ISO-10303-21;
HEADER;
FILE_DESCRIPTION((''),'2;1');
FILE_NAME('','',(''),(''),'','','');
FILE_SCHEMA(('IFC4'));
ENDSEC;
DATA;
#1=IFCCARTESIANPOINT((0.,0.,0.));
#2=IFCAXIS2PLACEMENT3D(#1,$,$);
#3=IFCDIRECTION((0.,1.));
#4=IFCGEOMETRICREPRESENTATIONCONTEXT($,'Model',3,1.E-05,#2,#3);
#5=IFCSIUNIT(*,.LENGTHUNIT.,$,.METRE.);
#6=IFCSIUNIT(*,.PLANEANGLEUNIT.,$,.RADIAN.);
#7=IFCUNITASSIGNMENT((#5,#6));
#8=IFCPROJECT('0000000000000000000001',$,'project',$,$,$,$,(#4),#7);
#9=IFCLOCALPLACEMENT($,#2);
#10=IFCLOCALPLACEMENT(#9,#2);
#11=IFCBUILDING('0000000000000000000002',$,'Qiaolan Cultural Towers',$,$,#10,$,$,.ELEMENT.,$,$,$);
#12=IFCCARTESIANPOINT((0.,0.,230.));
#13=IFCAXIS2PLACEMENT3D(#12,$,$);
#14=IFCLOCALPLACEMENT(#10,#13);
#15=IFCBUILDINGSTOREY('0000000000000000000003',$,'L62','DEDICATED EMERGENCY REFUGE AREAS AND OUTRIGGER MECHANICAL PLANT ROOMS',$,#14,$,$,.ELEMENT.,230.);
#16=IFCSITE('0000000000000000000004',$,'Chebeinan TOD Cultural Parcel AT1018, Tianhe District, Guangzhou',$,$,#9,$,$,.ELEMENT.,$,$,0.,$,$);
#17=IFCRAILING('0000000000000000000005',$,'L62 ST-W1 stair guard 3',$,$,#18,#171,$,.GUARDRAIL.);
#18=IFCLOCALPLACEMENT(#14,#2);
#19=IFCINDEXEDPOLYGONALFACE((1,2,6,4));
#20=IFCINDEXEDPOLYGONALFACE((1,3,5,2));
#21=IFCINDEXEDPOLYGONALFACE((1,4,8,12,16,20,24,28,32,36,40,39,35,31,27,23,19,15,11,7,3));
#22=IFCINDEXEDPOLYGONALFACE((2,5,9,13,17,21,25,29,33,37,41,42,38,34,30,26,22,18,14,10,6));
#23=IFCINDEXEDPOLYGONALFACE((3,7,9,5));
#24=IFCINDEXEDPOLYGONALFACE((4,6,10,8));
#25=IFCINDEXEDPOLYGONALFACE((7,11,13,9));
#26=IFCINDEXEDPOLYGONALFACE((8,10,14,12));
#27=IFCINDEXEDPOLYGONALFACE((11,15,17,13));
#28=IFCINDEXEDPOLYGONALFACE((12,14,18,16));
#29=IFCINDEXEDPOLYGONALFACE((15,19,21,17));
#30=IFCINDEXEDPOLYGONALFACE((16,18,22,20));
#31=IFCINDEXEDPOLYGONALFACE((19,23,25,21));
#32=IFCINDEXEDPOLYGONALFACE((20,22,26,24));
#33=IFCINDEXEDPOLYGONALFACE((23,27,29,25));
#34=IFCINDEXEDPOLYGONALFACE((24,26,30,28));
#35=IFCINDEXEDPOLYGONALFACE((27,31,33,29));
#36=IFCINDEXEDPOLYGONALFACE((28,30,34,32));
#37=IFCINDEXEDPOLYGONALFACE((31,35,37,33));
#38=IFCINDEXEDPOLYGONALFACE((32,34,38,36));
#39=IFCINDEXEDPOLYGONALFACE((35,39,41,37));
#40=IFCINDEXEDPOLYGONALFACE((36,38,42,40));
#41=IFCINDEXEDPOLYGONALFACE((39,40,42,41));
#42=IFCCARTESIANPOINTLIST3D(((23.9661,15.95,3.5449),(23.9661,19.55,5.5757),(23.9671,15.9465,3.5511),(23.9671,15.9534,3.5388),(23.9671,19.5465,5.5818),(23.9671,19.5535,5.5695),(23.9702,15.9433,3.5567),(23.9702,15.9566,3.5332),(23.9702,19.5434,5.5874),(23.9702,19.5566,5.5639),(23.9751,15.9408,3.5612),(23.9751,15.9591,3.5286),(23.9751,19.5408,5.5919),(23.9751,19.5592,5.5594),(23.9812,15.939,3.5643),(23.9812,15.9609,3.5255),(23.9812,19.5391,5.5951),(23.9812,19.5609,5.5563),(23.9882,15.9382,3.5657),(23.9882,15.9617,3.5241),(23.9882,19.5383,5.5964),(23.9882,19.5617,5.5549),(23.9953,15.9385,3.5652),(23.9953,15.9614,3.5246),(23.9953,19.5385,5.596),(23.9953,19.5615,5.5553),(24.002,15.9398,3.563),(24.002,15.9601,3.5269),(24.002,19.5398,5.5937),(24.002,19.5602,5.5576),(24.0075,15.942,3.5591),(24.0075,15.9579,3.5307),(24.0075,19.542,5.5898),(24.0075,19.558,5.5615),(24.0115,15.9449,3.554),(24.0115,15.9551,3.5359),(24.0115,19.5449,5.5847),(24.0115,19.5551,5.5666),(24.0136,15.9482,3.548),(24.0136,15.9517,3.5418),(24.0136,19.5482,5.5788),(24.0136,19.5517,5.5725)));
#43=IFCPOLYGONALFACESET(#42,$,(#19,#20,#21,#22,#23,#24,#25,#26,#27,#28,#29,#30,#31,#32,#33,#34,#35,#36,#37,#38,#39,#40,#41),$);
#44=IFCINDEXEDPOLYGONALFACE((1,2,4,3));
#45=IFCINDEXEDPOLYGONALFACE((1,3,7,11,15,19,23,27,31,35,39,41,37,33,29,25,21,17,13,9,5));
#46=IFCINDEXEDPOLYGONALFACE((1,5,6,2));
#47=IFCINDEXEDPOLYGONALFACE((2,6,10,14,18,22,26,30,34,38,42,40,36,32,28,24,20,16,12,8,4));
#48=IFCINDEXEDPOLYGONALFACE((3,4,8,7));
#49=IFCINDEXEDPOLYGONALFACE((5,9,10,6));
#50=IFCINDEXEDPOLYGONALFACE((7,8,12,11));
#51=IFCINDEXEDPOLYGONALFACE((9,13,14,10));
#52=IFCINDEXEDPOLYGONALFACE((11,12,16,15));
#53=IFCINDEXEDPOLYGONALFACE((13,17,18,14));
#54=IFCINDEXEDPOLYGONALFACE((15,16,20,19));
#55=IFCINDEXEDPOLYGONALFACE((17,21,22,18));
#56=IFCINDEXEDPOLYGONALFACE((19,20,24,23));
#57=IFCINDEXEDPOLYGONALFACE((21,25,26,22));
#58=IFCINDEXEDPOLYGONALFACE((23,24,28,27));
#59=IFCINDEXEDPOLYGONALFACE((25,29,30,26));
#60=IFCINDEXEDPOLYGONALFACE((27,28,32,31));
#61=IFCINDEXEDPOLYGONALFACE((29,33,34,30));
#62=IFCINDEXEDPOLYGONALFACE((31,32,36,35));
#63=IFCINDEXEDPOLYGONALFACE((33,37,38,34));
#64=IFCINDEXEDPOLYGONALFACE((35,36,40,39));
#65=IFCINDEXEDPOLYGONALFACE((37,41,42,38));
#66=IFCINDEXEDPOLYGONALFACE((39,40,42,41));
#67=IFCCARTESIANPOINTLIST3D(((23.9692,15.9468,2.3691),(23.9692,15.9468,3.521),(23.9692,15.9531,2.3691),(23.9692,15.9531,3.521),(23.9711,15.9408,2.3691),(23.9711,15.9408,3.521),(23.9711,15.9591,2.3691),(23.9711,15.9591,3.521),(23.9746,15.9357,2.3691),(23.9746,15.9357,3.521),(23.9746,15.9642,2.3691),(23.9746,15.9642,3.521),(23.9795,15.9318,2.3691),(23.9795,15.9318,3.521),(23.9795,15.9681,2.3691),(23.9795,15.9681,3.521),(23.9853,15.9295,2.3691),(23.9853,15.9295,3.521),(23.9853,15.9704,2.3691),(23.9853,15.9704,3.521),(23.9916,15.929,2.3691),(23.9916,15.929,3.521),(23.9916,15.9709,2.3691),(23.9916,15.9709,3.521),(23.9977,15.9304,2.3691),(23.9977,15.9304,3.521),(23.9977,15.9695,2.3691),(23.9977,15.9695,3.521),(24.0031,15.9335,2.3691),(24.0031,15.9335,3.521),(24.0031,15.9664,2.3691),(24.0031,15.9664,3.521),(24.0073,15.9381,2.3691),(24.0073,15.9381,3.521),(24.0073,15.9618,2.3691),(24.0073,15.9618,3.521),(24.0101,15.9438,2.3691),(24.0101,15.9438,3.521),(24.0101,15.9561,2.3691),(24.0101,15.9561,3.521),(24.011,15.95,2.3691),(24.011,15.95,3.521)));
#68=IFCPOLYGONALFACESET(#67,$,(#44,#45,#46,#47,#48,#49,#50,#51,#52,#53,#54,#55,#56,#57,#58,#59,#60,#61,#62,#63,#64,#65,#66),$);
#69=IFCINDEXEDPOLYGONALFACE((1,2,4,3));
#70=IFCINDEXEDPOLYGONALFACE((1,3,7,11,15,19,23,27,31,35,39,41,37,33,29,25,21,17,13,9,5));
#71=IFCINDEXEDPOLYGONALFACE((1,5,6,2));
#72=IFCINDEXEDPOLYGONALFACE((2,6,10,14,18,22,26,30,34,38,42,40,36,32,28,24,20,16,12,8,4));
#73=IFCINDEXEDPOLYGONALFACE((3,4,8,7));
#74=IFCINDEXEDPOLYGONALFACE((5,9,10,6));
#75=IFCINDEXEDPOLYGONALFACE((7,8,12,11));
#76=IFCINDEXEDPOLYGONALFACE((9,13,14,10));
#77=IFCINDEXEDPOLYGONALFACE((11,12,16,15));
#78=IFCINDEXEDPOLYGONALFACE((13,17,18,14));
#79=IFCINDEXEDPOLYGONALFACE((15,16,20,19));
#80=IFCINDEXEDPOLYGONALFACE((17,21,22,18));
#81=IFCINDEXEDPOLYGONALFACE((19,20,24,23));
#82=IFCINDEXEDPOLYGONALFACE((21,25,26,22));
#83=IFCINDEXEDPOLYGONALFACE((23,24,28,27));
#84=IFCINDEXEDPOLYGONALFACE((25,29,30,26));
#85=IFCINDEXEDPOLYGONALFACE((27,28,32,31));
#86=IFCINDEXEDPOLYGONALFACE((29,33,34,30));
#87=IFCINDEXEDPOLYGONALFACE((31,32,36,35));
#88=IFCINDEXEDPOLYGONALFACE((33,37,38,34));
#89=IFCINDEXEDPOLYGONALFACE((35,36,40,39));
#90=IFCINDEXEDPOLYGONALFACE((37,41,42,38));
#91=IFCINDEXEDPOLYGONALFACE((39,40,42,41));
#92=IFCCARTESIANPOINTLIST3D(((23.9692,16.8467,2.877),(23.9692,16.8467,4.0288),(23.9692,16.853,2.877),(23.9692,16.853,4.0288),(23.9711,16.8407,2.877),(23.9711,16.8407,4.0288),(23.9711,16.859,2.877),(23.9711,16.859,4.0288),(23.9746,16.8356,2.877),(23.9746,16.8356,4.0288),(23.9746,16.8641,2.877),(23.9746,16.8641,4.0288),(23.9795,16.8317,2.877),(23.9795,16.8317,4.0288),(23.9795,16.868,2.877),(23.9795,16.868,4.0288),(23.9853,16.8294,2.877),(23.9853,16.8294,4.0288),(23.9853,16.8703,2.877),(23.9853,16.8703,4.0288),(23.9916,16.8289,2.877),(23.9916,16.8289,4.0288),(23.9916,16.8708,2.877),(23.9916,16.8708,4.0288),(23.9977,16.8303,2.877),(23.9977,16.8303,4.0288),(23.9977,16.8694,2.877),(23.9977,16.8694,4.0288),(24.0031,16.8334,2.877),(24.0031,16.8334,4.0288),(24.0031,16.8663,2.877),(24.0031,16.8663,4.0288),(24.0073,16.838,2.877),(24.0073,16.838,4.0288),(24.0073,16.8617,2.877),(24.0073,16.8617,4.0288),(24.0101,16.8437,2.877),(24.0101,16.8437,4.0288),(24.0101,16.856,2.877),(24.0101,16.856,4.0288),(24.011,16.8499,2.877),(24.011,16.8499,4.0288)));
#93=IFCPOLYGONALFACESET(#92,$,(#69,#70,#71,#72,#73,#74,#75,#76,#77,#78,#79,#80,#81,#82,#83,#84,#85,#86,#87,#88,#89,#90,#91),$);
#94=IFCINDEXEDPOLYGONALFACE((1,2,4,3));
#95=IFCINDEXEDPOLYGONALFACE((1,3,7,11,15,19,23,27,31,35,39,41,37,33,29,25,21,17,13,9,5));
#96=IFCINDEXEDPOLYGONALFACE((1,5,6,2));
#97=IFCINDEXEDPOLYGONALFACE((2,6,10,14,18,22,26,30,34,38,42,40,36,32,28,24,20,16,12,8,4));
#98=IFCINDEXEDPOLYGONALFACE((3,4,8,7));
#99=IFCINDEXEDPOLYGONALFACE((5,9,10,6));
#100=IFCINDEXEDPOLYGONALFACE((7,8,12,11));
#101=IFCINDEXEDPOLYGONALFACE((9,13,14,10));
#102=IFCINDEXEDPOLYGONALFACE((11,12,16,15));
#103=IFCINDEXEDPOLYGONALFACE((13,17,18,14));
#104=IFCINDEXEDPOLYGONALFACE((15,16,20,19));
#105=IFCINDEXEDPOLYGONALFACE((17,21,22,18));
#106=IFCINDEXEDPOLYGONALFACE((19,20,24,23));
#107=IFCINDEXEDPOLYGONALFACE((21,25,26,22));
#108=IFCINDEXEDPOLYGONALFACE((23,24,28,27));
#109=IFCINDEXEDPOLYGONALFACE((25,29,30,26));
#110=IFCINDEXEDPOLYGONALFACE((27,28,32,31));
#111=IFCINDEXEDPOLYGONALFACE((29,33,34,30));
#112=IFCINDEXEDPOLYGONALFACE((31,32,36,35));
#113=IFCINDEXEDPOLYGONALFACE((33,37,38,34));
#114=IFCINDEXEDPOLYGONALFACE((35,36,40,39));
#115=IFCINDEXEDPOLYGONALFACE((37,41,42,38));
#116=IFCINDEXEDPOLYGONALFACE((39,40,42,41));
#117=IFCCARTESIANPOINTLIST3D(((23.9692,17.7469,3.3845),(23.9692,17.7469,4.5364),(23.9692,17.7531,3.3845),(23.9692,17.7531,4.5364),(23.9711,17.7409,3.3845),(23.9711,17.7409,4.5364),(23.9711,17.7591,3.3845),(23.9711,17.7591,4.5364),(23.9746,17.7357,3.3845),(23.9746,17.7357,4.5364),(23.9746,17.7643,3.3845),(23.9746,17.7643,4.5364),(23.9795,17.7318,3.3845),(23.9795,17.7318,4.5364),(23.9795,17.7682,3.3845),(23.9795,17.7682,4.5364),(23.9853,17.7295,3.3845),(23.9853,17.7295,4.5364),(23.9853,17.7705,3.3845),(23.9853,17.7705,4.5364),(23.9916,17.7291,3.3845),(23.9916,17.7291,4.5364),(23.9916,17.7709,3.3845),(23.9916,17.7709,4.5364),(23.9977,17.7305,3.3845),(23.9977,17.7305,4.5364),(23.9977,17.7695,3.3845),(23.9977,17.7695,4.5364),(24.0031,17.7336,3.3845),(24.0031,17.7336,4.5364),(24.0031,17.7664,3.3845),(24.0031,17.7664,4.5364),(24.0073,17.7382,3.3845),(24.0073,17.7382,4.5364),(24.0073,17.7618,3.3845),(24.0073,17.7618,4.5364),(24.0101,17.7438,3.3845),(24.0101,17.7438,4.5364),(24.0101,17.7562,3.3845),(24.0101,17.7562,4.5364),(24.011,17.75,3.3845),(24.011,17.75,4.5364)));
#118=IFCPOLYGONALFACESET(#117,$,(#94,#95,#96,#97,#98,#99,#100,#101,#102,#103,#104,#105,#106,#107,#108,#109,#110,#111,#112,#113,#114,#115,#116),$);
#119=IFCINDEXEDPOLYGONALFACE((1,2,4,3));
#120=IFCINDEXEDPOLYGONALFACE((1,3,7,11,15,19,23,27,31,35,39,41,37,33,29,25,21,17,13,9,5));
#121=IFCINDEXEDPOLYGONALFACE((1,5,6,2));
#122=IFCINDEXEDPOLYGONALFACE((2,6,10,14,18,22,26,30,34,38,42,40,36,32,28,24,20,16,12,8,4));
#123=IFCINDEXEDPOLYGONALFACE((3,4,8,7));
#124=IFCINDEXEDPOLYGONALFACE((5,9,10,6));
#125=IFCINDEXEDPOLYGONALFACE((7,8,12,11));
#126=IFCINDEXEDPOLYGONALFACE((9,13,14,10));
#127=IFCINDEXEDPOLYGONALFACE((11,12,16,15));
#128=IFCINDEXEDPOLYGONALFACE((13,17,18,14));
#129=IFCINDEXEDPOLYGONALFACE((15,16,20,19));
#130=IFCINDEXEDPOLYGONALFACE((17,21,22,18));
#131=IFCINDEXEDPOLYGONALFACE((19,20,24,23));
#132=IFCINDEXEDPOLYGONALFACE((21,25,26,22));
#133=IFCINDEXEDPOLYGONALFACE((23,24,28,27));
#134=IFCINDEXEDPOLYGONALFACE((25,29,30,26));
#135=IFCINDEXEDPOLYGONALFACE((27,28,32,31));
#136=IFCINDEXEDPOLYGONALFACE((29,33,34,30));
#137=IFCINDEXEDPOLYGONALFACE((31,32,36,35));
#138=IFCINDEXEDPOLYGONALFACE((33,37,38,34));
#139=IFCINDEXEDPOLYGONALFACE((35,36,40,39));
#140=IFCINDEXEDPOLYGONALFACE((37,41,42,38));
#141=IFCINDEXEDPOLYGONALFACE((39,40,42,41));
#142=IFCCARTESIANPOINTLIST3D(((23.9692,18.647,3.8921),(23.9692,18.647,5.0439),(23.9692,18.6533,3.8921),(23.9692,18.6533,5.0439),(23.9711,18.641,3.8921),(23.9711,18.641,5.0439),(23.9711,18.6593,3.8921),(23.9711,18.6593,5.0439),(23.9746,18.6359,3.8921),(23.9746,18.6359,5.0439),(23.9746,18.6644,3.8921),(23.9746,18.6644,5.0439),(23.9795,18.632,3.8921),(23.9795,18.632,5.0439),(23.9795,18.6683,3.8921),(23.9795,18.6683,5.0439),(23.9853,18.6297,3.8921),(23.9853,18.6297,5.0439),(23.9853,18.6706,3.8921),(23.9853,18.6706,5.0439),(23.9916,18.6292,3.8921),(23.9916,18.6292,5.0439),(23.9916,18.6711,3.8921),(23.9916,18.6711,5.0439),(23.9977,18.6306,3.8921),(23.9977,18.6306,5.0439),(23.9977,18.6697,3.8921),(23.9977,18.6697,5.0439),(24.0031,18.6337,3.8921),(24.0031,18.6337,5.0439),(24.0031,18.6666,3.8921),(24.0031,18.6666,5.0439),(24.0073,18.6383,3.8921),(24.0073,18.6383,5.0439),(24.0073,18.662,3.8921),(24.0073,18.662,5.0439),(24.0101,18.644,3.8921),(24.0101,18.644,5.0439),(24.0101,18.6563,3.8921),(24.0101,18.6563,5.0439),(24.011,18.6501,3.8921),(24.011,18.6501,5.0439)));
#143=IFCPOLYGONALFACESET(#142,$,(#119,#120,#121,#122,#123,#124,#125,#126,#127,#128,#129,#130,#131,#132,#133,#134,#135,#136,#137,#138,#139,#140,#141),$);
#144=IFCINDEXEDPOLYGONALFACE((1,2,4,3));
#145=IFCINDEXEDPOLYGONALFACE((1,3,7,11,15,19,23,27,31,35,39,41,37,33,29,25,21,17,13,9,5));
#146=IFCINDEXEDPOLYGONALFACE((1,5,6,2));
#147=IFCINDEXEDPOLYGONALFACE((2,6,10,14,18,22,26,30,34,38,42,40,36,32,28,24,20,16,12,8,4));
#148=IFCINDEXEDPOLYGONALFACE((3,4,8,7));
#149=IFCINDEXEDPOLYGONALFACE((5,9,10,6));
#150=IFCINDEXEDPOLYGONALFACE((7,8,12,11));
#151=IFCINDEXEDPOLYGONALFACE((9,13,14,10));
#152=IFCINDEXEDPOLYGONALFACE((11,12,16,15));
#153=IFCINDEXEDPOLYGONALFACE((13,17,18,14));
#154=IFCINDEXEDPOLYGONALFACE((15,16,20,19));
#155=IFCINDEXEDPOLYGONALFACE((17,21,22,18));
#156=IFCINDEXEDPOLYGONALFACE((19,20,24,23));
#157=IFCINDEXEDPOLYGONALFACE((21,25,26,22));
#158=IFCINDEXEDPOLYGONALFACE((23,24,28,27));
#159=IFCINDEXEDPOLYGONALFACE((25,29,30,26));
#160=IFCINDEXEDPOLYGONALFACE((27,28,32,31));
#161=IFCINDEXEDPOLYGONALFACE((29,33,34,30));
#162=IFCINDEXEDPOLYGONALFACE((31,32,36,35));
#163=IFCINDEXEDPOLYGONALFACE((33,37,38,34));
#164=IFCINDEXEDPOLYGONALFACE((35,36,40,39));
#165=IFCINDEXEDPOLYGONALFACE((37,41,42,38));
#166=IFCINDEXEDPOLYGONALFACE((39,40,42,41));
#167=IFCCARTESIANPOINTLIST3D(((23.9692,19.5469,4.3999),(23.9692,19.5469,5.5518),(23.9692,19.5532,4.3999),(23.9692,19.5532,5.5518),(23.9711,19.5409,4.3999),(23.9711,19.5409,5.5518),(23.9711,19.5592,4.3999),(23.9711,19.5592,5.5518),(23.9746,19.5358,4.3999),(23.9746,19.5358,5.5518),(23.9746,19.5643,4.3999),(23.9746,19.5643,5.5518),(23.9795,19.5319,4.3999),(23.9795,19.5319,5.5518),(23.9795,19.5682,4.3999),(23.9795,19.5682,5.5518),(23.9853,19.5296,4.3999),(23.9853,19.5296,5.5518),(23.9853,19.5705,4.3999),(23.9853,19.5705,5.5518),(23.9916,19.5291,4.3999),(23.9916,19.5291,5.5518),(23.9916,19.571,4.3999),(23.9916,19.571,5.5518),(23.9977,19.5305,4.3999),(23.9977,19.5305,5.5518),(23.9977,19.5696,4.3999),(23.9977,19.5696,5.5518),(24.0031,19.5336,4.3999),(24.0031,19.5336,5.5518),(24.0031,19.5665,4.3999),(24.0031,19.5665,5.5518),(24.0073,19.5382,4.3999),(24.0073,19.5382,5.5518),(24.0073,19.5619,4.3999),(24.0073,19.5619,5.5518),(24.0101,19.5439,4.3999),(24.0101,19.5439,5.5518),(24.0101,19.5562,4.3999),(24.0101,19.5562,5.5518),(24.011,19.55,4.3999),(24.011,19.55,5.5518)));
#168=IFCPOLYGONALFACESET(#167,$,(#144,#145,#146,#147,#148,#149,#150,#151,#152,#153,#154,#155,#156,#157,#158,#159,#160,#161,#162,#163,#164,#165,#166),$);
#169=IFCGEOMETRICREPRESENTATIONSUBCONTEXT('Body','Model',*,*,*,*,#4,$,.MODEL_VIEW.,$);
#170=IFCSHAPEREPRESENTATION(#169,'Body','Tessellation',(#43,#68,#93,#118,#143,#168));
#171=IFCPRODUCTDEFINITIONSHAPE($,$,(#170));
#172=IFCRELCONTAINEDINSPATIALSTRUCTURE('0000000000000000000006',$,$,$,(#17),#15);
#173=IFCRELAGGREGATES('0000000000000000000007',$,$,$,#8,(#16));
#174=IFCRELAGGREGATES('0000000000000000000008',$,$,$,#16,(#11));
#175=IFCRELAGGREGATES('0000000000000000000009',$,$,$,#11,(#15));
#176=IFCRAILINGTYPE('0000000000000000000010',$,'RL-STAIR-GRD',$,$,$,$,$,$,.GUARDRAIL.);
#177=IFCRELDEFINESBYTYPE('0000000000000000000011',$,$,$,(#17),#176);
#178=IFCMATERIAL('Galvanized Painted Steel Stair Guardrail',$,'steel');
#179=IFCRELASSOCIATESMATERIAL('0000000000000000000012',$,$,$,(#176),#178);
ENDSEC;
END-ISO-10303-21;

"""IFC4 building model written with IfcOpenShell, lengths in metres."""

from ifc_helpers import new_model, si_unit, direction, frame, origin, origin_2d, place, context, subcontext, project, spatial, circle, extrude, material, type_object, element, save


model = new_model("IFC4")

# Units and contexts
model_context = context("Model", 3, precision=1e-05, world=origin(), true_north=direction((0.0, 1.0)))
body_context = subcontext(model_context, "Body", "Model", "MODEL_VIEW")
ifc_project = project(units=[si_unit("LENGTHUNIT", "METRE"), si_unit("PLANEANGLEUNIT", "RADIAN")], contexts=[model_context])

# Site, building, storey
site_placement = place(None, origin())
site = spatial("IfcSite", under=ifc_project, at=site_placement, Name="Chebeinan TOD Cultural Parcel AT1018, Tianhe District, Guangzhou", CompositionType="ELEMENT", RefElevation=0.0)
building_placement = place(site_placement, origin())
building = spatial("IfcBuilding", under=site, at=building_placement, Name="Qiaolan Cultural Towers", CompositionType="ELEMENT")
storey_placement = place(building_placement, frame((0.0, 0.0, 230.0)))
storey = spatial("IfcBuildingStorey", under=building, at=storey_placement, Name="L62", Description="DEDICATED EMERGENCY REFUGE AREAS AND OUTRIGGER MECHANICAL PLANT ROOMS", CompositionType="ELEMENT", Elevation=230.0)

# Railing
ifc_material_1 = material(Name="Galvanized Painted Steel Stair Guardrail", Category="steel")
railing_type_1 = type_object("IfcRailingType", Name="RL-STAIR-GRD", PredefinedType="GUARDRAIL", material=ifc_material_1)
railing_1_placement = place(storey_placement, frame((23.99, 15.95, 2.3691)))
element("IfcRailing", 1, at=railing_1_placement, inside=storey, type_object=railing_type_1, Name="L62 ST-W1 stair guard 3", PredefinedType="GUARDRAIL", context=body_context, shape_type="SweptSolid", body=[
    extrude(circle(Radius=0.0239, at=origin_2d()), frame((0.0, 0.0, 1.1758), z_axis=(0.0, 0.870985, 0.49131), x_axis=(-1.0, 0.0, 0.0)), (0.0, 0.0, 1.0), 4.1333),
    extrude(circle(Radius=0.021, at=origin_2d()), origin(), (0.0, 0.0, 1.0), 1.1519),
    extrude(circle(Radius=0.021, at=origin_2d()), frame((0.0, 0.8999, 0.5078)), (0.0, 0.0, 1.0), 1.1519),
    extrude(circle(Radius=0.021, at=origin_2d()), frame((0.0, 1.8, 1.0154)), (0.0, 0.0, 1.0), 1.1519),
    extrude(circle(Radius=0.021, at=origin_2d()), frame((0.0, 2.7002, 1.5229)), (0.0, 0.0, 1.0), 1.1519),
    extrude(circle(Radius=0.021, at=origin_2d()), frame((0.0, 3.6001, 2.0308)), (0.0, 0.0, 1.0), 1.1519),
])

save(model, "model.ifc")
